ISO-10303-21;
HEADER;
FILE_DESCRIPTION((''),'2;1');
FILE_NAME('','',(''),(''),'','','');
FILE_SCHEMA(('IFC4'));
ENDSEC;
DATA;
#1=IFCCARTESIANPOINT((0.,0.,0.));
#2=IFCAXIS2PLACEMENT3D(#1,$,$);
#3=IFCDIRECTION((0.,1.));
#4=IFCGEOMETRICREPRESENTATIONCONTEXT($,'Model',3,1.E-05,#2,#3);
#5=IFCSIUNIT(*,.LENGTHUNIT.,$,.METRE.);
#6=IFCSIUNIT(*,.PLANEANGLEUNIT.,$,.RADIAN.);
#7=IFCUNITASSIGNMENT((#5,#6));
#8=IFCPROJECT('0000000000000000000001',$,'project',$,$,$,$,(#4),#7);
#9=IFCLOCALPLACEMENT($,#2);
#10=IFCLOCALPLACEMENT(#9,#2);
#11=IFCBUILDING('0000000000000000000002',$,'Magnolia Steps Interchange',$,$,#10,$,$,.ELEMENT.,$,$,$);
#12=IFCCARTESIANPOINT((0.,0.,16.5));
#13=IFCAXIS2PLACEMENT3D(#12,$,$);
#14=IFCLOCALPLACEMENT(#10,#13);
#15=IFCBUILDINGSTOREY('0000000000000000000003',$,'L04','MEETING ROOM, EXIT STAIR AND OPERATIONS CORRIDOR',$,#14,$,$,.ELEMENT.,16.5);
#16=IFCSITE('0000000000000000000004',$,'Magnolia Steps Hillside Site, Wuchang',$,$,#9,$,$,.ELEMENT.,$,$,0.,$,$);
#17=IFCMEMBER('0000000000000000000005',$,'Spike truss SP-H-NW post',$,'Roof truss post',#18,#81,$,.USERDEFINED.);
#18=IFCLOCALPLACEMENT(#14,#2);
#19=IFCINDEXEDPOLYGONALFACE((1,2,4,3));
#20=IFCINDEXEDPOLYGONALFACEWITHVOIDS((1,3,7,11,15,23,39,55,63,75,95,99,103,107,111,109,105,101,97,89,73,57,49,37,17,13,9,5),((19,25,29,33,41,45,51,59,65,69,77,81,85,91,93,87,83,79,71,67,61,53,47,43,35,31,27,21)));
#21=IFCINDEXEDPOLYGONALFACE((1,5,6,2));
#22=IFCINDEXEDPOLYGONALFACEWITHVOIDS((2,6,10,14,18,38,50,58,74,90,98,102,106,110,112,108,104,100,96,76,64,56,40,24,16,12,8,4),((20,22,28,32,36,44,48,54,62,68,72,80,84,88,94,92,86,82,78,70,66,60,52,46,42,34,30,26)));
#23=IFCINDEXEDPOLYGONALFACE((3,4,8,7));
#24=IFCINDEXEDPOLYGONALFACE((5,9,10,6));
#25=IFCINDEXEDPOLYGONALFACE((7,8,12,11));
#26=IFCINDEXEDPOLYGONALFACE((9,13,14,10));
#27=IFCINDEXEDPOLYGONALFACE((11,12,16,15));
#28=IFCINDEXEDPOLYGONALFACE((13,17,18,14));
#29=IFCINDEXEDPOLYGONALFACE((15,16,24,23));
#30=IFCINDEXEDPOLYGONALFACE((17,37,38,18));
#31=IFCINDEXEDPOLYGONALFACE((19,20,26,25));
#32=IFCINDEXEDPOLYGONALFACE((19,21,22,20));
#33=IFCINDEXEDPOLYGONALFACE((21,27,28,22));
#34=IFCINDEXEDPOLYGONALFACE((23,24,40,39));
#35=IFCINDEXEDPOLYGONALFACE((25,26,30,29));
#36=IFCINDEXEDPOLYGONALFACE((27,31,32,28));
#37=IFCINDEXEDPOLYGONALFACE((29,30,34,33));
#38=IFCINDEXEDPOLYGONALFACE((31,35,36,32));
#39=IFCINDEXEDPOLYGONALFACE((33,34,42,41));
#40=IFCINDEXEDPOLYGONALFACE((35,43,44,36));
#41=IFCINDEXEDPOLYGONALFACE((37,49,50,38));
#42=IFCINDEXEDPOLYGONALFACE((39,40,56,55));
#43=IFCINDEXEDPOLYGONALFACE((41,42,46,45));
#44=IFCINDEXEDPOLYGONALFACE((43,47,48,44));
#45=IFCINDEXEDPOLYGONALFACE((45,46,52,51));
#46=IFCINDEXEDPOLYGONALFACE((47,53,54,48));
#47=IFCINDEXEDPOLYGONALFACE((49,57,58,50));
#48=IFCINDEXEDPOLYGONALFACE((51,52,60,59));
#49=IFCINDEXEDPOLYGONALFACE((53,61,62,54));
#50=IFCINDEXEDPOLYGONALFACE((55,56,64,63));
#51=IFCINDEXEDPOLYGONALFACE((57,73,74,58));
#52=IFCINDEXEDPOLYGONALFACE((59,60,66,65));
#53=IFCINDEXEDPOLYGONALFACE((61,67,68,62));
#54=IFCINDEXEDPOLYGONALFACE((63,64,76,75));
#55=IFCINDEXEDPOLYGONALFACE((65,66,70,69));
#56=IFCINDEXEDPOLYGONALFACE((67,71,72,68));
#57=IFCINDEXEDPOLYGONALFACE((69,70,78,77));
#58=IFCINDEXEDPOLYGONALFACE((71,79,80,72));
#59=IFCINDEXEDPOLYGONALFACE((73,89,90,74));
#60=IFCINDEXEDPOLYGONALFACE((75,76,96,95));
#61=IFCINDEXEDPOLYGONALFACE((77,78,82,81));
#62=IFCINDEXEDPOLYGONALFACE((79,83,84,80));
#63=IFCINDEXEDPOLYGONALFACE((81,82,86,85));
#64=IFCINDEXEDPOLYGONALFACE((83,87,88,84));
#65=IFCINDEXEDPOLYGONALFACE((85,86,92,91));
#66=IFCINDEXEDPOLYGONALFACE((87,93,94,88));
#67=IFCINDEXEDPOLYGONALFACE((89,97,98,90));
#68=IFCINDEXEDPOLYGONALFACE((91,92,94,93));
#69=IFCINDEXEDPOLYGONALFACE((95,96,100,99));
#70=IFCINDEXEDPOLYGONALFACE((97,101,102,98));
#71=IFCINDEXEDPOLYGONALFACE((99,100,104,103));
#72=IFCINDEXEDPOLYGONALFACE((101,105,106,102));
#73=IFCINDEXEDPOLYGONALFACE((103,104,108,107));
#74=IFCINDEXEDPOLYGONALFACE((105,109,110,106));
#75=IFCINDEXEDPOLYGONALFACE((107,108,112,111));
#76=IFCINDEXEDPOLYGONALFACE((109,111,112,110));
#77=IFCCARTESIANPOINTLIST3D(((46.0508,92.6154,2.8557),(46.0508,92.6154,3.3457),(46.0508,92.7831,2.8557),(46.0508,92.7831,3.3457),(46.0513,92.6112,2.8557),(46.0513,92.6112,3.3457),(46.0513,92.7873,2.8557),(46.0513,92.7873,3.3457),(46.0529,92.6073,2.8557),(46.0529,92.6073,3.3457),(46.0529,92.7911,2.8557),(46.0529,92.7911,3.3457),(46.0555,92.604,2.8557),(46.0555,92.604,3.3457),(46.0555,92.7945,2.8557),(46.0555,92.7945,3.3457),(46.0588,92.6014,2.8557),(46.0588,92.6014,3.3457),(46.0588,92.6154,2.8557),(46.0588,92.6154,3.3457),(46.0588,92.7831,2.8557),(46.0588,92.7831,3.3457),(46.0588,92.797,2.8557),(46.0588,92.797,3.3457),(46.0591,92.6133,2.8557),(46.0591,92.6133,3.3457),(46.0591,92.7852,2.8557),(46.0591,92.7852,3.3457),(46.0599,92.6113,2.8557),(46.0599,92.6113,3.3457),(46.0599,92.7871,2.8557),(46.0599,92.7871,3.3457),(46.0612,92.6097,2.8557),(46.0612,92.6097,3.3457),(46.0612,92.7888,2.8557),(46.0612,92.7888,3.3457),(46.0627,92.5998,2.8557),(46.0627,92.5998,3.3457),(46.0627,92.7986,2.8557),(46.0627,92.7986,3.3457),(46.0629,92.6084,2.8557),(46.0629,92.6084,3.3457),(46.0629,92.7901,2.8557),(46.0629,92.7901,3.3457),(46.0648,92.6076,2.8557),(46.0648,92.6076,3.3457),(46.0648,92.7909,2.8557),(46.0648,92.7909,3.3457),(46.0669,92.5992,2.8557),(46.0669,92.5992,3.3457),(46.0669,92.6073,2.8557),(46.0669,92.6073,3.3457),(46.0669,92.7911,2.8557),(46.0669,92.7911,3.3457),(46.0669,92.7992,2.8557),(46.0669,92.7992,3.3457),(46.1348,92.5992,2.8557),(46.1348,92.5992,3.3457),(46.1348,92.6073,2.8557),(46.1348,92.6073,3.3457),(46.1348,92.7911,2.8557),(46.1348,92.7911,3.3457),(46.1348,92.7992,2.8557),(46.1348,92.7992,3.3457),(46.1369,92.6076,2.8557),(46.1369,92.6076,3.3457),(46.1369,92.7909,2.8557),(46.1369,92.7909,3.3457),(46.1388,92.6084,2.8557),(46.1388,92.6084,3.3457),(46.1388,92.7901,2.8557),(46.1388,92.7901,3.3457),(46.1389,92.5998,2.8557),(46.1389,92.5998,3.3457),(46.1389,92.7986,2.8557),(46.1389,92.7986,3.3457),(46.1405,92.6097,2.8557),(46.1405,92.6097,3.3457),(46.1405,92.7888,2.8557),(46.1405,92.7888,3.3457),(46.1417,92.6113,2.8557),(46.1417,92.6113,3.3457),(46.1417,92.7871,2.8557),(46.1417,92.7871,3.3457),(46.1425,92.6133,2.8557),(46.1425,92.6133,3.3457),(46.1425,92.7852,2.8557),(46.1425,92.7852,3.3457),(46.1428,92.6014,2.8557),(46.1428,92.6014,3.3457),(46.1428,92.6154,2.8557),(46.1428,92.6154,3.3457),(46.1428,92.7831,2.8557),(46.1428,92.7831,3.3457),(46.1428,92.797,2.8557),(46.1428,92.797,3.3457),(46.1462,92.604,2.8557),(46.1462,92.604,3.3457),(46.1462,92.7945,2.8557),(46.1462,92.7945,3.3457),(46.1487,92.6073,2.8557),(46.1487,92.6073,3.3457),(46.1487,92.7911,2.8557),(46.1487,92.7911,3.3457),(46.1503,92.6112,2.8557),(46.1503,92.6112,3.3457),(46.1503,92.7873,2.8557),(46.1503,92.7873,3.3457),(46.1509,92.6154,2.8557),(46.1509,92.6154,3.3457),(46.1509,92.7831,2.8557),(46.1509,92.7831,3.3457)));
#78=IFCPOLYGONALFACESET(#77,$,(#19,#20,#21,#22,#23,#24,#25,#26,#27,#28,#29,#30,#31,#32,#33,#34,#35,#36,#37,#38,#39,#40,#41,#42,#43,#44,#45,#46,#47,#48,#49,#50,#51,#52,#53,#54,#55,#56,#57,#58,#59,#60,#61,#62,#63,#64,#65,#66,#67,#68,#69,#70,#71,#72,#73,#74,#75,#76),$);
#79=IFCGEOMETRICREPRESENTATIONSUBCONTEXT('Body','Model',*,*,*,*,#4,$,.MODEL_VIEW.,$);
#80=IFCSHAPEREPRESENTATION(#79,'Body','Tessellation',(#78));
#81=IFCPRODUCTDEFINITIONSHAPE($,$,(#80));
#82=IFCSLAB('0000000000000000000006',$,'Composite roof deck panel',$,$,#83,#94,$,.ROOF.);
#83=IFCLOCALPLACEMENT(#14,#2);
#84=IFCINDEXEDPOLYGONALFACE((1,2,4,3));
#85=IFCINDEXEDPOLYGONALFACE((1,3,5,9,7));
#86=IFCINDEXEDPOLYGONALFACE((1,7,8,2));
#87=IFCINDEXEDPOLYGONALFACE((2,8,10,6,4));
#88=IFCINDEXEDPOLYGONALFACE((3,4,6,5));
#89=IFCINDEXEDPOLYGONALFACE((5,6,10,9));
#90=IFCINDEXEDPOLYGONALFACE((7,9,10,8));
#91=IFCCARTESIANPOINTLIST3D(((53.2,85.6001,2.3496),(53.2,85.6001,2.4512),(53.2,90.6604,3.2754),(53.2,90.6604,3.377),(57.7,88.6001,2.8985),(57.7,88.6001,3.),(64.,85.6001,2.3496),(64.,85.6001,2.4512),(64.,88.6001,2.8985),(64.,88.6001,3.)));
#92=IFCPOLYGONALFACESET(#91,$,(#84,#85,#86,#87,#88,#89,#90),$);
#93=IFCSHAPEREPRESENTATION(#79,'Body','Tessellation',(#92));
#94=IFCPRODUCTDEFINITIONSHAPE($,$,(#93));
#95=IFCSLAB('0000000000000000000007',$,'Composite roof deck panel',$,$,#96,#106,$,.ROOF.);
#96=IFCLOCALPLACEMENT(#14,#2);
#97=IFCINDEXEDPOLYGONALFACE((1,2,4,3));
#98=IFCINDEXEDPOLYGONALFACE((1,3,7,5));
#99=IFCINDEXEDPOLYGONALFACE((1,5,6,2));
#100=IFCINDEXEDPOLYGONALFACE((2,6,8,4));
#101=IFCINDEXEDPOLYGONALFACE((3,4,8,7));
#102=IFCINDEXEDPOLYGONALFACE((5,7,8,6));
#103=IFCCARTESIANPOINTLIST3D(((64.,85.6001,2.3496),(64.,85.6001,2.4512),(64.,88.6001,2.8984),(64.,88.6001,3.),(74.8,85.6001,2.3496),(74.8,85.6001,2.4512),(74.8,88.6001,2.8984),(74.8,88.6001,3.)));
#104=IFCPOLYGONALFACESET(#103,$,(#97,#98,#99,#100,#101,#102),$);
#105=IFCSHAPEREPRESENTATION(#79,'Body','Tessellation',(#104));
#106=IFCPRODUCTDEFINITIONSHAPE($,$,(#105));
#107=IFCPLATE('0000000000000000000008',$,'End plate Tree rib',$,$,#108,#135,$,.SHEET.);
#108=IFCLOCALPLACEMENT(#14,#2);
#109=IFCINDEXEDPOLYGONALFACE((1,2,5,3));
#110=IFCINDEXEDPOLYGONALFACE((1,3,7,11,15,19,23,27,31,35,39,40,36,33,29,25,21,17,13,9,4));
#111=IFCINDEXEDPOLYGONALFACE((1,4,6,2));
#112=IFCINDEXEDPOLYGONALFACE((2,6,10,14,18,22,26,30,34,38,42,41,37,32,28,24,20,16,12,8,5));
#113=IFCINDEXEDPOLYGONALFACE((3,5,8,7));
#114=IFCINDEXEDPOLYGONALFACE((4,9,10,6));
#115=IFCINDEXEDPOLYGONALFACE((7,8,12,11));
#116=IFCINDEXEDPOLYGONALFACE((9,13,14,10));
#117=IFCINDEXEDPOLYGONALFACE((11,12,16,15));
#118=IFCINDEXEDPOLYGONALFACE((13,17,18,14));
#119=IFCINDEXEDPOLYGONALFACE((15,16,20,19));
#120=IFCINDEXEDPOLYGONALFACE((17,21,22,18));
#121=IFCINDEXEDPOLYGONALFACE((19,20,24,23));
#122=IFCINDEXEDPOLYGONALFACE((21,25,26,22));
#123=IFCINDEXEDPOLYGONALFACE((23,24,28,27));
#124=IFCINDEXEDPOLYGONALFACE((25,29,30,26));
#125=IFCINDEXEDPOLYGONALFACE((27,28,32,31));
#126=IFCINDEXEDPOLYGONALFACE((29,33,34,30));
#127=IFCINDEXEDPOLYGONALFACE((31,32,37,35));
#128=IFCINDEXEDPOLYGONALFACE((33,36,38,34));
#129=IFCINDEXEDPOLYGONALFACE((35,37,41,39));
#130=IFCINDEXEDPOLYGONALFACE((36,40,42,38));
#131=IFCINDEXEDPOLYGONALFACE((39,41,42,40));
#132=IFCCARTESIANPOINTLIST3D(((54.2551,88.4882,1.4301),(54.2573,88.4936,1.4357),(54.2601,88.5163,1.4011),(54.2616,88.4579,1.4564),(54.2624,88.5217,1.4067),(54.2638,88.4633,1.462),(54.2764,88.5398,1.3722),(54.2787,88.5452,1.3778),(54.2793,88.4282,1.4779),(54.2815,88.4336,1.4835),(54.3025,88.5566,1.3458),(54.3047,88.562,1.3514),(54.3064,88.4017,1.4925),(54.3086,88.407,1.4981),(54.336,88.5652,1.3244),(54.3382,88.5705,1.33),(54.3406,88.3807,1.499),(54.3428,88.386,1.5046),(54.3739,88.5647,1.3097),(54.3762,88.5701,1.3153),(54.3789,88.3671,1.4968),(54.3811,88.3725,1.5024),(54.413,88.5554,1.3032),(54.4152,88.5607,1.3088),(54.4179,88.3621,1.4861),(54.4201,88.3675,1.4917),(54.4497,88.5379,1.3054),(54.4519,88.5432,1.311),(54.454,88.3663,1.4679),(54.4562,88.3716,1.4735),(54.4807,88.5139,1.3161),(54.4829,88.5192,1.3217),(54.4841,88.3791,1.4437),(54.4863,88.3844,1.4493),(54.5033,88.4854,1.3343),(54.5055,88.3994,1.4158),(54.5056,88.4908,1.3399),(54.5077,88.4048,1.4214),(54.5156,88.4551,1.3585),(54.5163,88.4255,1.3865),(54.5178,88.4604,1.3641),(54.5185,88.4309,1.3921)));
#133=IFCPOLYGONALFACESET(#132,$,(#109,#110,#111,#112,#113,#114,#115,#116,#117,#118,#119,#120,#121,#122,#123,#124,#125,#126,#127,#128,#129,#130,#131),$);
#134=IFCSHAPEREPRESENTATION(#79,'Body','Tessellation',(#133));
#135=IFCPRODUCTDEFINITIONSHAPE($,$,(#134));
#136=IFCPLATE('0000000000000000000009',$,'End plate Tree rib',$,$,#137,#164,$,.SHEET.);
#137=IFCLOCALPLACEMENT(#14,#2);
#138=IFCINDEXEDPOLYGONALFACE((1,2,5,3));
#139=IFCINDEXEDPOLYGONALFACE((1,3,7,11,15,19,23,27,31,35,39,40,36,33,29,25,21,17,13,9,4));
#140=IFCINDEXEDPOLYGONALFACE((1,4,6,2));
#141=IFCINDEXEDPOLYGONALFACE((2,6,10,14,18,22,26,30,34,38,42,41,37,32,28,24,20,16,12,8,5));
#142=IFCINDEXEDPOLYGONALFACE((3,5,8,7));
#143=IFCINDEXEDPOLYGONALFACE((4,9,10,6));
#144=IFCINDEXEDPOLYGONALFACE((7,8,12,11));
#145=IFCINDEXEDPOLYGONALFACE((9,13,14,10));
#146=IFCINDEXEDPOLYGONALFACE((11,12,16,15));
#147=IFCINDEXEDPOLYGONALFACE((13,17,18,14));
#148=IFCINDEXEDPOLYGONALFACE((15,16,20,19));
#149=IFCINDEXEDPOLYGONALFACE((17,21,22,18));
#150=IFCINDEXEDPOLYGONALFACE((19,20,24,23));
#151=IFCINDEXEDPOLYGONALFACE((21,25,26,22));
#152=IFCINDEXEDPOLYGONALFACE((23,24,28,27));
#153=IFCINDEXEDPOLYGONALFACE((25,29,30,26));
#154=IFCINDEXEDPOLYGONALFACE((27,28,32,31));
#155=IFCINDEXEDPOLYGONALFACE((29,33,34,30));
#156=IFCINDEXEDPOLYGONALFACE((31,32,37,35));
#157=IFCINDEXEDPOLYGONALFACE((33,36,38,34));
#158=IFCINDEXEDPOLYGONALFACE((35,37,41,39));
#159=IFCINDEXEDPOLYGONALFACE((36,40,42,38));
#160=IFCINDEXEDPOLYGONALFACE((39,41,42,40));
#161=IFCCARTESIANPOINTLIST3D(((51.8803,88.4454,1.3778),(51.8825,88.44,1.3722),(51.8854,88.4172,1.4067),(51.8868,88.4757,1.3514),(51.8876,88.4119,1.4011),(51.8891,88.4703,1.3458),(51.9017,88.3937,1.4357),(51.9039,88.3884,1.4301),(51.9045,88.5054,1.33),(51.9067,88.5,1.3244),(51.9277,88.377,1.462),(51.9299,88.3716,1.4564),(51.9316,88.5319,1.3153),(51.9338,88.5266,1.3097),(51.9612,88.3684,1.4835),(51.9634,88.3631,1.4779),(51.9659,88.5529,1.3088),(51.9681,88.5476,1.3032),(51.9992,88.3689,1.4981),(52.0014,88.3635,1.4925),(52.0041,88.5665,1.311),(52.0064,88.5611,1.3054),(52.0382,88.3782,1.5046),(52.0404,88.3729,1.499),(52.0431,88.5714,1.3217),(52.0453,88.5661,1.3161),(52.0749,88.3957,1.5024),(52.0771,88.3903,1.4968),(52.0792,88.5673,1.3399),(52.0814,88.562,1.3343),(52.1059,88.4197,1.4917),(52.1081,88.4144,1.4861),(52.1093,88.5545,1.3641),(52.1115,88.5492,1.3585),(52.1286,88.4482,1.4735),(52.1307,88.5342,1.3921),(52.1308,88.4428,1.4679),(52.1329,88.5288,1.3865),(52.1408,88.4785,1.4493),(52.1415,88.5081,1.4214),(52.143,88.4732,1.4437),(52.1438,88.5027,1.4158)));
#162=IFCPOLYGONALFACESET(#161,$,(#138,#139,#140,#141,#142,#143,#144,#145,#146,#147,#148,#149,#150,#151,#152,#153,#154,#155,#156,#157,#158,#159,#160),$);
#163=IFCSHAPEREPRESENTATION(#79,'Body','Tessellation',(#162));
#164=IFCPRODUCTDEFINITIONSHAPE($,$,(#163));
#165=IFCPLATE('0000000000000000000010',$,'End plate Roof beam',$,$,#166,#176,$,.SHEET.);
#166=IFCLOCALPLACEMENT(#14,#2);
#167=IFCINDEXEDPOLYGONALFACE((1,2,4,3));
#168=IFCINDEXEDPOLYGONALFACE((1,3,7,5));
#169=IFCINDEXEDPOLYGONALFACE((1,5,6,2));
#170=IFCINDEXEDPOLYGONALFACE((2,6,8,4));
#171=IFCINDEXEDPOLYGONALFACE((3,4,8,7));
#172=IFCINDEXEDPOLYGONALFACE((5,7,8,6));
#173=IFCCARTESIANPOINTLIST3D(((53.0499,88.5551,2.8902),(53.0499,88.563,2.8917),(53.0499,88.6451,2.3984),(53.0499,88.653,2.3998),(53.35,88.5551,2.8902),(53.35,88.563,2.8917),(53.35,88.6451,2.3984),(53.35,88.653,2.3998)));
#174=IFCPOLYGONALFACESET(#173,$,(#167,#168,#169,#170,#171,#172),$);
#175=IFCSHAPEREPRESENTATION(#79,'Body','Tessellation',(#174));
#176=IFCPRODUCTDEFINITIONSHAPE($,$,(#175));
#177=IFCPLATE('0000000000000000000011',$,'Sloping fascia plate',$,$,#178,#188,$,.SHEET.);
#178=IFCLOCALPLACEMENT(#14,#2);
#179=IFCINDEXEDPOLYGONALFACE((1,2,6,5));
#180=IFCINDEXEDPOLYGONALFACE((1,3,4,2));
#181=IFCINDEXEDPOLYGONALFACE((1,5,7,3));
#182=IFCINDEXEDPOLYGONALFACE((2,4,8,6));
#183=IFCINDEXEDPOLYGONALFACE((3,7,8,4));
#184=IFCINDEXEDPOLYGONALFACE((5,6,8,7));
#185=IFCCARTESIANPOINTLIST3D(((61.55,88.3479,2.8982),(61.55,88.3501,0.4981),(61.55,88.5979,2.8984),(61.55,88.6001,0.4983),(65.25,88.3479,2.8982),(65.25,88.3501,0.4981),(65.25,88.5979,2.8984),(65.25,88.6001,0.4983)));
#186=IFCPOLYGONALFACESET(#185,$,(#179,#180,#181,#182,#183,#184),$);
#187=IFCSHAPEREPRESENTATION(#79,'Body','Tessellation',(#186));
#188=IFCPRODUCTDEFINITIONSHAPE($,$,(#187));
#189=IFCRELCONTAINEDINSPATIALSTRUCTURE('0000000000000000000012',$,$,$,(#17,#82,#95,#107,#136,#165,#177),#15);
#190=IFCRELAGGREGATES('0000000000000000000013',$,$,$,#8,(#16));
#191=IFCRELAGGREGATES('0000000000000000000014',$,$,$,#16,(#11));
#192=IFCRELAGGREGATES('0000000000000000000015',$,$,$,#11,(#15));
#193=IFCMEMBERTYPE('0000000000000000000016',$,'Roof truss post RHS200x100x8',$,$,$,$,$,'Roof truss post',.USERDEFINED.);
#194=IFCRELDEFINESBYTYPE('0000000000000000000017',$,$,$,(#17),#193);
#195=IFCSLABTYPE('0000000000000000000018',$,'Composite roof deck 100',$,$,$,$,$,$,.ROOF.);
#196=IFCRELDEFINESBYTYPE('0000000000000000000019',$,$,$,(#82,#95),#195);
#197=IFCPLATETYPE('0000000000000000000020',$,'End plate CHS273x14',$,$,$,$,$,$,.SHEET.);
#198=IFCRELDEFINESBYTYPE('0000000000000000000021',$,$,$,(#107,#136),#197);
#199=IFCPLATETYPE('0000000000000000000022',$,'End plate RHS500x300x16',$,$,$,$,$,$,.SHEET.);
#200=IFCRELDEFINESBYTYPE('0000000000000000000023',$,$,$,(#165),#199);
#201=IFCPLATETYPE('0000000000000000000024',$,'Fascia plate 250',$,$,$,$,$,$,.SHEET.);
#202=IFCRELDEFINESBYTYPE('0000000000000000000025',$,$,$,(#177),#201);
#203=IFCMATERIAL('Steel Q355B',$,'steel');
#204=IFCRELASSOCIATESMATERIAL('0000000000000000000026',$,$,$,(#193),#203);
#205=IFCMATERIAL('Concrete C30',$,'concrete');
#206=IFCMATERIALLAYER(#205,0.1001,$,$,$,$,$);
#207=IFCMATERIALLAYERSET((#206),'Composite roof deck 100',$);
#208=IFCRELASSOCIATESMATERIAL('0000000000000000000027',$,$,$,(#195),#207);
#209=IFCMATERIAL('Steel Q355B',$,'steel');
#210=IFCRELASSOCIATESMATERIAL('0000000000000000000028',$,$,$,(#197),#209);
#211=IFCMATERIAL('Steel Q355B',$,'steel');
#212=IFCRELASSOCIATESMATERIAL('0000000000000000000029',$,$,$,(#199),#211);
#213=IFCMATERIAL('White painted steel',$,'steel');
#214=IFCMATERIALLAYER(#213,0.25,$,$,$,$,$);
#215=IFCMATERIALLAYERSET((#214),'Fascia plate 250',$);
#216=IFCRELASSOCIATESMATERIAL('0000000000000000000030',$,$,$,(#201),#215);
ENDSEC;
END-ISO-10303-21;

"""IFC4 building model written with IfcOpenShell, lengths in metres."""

from ifc_helpers import new_model, si_unit, direction, frame, origin, origin_2d, place, context, subcontext, project, spatial, polyline, rectangle, hollow_rectangle, circle, outline, extrude, material, layer, layer_set, material_profile, profile_set, type_object, element, save


model = new_model("IFC4")

# Units and contexts
model_context = context("Model", 3, precision=1e-05, world=origin(), true_north=direction((0.0, 1.0)))
body_context = subcontext(model_context, "Body", "Model", "MODEL_VIEW")
ifc_project = project(units=[si_unit("LENGTHUNIT", "METRE"), si_unit("PLANEANGLEUNIT", "RADIAN")], contexts=[model_context])

# Site, building, storey
site_placement = place(None, origin())
site = spatial("IfcSite", under=ifc_project, at=site_placement, Name="Magnolia Steps Hillside Site, Wuchang", CompositionType="ELEMENT", RefElevation=0.0)
building_placement = place(site_placement, origin())
building = spatial("IfcBuilding", under=site, at=building_placement, Name="Magnolia Steps Interchange", CompositionType="ELEMENT")
storey_placement = place(building_placement, frame((0.0, 0.0, 16.5)))
storey = spatial("IfcBuildingStorey", under=building, at=storey_placement, Name="L04", Description="MEETING ROOM, EXIT STAIR AND OPERATIONS CORRIDOR", CompositionType="ELEMENT", Elevation=16.5)

# Member
ifc_material_1 = material(Name="Steel Q355B", Category="steel")
ifc_material_profile_1 = material_profile(ifc_material_1, hollow_rectangle(XDim=0.1001, YDim=0.2, WallThickness=0.0081, InnerFilletRadius=0.0081, OuterFilletRadius=0.0161, at=origin_2d()), Name="RHS200x100x8")
ifc_profile_set_1 = profile_set([ifc_material_profile_1], Name="Steel Q355B")
member_type_1 = type_object("IfcMemberType", Name="Roof truss post RHS200x100x8", ElementType="Roof truss post", PredefinedType="USERDEFINED", material=ifc_profile_set_1)
member_1_placement = place(storey_placement, frame((46.1008, 92.6992, 2.8557), z_axis=(0.0, 0.0, 1.0), x_axis=(1.0, 0.0, 0.0)))
element("IfcMember", 1, at=member_1_placement, inside=storey, type_object=member_type_1, Name="Spike truss SP-H-NW post", ObjectType="Roof truss post", PredefinedType="USERDEFINED", context=body_context, shape_type="SweptSolid", body=[
    extrude(hollow_rectangle(XDim=0.1001, YDim=0.2, WallThickness=0.0081, InnerFilletRadius=0.0081, OuterFilletRadius=0.0161, at=origin_2d()), origin(), (0.0, 0.0, 1.0), 0.49),
])

# Slabs
ifc_material_2 = material(Name="Concrete C30", Category="concrete")
ifc_layer_1 = layer(ifc_material_2, 0.1001)
ifc_layer_set_1 = layer_set([ifc_layer_1], Name="Composite roof deck 100")
slab_type = type_object("IfcSlabType", Name="Composite roof deck 100", PredefinedType="ROOF", material=ifc_layer_set_1)
slab_1_placement = place(storey_placement, frame((53.2, 90.6604, 3.377), z_axis=(0.000001, -0.179958, 0.983674), x_axis=(0.0, -0.983674, -0.179958)))
element("IfcSlab", 2, at=slab_1_placement, inside=storey, type_object=slab_type, Name="Composite roof deck panel", PredefinedType="ROOF", context=body_context, shape_type="SweptSolid", body=[
    extrude(outline(polyline([(0.0, 0.0), (5.1443, 0.0), (5.1443, 10.8), (2.0945, 10.8), (2.0945, 4.5), (0.0, 0.0)])), origin(), (0.179958, 0.000001, -0.983674), 0.1016),
])
slab_2_placement = place(storey_placement, frame((64.0, 88.6001, 3.0), z_axis=(0.0, -0.179956, 0.983675), x_axis=(0.0, -0.983675, -0.179956)))
element("IfcSlab", 3, at=slab_2_placement, inside=storey, type_object=slab_type, Name="Composite roof deck panel", PredefinedType="ROOF", context=body_context, shape_type="SweptSolid", body=[
    extrude(outline(polyline([(0.0, 0.0), (3.0498, 0.0), (3.0498, 10.8), (0.0, 10.8), (0.0, 0.0)])), origin(), (0.179956, 0.0, -0.983675), 0.1016),
])

# Plates
ifc_material_3 = material(Name="Steel Q355B", Category="steel")
ifc_material_profile_2 = material_profile(ifc_material_3, circle(Radius=0.1365, at=origin_2d()), Name="End plate CHS273x14")
ifc_profile_set_2 = profile_set([ifc_material_profile_2], Name="Steel Q355B")
plate_type_1 = type_object("IfcPlateType", Name="End plate CHS273x14", PredefinedType="SHEET", material=ifc_profile_set_2)
for number, where, z_axis, x_axis, name in (
    (4, (54.3862, 88.4641, 1.4011), (0.275279, 0.664583, 0.694658), (-0.92388, 0.382683, 0.0), "End plate Tree rib"),
    (5, (52.0137, 88.4641, 1.4011), (-0.275279, 0.664583, 0.694658), (-0.92388, -0.382683, 0.0), "End plate Tree rib"),
):
    element("IfcPlate", number, at=place(storey_placement, frame(where, z_axis=z_axis, x_axis=x_axis)), inside=storey, type_object=plate_type_1, Name=name, PredefinedType="SHEET", context=body_context, shape_type="SweptSolid", body=[
        extrude(circle(Radius=0.1365, at=origin_2d()), origin(), (0.0, 0.0, 1.0), 0.0081),
    ])
ifc_material_4 = material(Name="Steel Q355B", Category="steel")
ifc_material_profile_3 = material_profile(ifc_material_4, rectangle(XDim=0.3, YDim=0.5, at=origin_2d()), Name="End plate RHS500x300x16")
ifc_profile_set_3 = profile_set([ifc_material_profile_3], Name="Steel Q355B")
plate_type_2 = type_object("IfcPlateType", Name="End plate RHS500x300x16", PredefinedType="SHEET", material=ifc_profile_set_3)
plate_1_placement = place(storey_placement, frame((53.2, 88.6001, 2.6443), z_axis=(0.0, 0.98368, 0.179927), x_axis=(-1.0, 0.0, 0.0)))
element("IfcPlate", 6, at=plate_1_placement, inside=storey, type_object=plate_type_2, Name="End plate Roof beam", PredefinedType="SHEET", context=body_context, shape_type="SweptSolid", body=[
    extrude(rectangle(XDim=0.3, YDim=0.5, at=origin_2d()), origin(), (0.0, 0.0, 1.0), 0.0081),
])
ifc_material_5 = material(Name="White painted steel", Category="steel")
ifc_layer_2 = layer(ifc_material_5, 0.25)
ifc_layer_set_2 = layer_set([ifc_layer_2], Name="Fascia plate 250")
plate_type_3 = type_object("IfcPlateType", Name="Fascia plate 250", PredefinedType="SHEET", material=ifc_layer_set_2)
for number, where, z_axis, x_axis, name in (
    (7, (65.25, 88.6001, 0.4983), (0.0, 1.0, 0.000915), (-1.0, 0.0, 0.0), "Sloping fascia plate"),
):
    element("IfcPlate", number, at=place(storey_placement, frame(where, z_axis=z_axis, x_axis=x_axis)), inside=storey, type_object=plate_type_3, Name=name, PredefinedType="SHEET", context=body_context, shape_type="SweptSolid", body=[
        extrude(outline(polyline([(0.0, 0.0), (3.7, 0.0), (3.7, 2.4001), (0.0, 2.4001), (0.0, 0.0)])), origin(), (0.0, 0.0, -1.0), 0.25),
    ])

save(model, "model.ifc")
